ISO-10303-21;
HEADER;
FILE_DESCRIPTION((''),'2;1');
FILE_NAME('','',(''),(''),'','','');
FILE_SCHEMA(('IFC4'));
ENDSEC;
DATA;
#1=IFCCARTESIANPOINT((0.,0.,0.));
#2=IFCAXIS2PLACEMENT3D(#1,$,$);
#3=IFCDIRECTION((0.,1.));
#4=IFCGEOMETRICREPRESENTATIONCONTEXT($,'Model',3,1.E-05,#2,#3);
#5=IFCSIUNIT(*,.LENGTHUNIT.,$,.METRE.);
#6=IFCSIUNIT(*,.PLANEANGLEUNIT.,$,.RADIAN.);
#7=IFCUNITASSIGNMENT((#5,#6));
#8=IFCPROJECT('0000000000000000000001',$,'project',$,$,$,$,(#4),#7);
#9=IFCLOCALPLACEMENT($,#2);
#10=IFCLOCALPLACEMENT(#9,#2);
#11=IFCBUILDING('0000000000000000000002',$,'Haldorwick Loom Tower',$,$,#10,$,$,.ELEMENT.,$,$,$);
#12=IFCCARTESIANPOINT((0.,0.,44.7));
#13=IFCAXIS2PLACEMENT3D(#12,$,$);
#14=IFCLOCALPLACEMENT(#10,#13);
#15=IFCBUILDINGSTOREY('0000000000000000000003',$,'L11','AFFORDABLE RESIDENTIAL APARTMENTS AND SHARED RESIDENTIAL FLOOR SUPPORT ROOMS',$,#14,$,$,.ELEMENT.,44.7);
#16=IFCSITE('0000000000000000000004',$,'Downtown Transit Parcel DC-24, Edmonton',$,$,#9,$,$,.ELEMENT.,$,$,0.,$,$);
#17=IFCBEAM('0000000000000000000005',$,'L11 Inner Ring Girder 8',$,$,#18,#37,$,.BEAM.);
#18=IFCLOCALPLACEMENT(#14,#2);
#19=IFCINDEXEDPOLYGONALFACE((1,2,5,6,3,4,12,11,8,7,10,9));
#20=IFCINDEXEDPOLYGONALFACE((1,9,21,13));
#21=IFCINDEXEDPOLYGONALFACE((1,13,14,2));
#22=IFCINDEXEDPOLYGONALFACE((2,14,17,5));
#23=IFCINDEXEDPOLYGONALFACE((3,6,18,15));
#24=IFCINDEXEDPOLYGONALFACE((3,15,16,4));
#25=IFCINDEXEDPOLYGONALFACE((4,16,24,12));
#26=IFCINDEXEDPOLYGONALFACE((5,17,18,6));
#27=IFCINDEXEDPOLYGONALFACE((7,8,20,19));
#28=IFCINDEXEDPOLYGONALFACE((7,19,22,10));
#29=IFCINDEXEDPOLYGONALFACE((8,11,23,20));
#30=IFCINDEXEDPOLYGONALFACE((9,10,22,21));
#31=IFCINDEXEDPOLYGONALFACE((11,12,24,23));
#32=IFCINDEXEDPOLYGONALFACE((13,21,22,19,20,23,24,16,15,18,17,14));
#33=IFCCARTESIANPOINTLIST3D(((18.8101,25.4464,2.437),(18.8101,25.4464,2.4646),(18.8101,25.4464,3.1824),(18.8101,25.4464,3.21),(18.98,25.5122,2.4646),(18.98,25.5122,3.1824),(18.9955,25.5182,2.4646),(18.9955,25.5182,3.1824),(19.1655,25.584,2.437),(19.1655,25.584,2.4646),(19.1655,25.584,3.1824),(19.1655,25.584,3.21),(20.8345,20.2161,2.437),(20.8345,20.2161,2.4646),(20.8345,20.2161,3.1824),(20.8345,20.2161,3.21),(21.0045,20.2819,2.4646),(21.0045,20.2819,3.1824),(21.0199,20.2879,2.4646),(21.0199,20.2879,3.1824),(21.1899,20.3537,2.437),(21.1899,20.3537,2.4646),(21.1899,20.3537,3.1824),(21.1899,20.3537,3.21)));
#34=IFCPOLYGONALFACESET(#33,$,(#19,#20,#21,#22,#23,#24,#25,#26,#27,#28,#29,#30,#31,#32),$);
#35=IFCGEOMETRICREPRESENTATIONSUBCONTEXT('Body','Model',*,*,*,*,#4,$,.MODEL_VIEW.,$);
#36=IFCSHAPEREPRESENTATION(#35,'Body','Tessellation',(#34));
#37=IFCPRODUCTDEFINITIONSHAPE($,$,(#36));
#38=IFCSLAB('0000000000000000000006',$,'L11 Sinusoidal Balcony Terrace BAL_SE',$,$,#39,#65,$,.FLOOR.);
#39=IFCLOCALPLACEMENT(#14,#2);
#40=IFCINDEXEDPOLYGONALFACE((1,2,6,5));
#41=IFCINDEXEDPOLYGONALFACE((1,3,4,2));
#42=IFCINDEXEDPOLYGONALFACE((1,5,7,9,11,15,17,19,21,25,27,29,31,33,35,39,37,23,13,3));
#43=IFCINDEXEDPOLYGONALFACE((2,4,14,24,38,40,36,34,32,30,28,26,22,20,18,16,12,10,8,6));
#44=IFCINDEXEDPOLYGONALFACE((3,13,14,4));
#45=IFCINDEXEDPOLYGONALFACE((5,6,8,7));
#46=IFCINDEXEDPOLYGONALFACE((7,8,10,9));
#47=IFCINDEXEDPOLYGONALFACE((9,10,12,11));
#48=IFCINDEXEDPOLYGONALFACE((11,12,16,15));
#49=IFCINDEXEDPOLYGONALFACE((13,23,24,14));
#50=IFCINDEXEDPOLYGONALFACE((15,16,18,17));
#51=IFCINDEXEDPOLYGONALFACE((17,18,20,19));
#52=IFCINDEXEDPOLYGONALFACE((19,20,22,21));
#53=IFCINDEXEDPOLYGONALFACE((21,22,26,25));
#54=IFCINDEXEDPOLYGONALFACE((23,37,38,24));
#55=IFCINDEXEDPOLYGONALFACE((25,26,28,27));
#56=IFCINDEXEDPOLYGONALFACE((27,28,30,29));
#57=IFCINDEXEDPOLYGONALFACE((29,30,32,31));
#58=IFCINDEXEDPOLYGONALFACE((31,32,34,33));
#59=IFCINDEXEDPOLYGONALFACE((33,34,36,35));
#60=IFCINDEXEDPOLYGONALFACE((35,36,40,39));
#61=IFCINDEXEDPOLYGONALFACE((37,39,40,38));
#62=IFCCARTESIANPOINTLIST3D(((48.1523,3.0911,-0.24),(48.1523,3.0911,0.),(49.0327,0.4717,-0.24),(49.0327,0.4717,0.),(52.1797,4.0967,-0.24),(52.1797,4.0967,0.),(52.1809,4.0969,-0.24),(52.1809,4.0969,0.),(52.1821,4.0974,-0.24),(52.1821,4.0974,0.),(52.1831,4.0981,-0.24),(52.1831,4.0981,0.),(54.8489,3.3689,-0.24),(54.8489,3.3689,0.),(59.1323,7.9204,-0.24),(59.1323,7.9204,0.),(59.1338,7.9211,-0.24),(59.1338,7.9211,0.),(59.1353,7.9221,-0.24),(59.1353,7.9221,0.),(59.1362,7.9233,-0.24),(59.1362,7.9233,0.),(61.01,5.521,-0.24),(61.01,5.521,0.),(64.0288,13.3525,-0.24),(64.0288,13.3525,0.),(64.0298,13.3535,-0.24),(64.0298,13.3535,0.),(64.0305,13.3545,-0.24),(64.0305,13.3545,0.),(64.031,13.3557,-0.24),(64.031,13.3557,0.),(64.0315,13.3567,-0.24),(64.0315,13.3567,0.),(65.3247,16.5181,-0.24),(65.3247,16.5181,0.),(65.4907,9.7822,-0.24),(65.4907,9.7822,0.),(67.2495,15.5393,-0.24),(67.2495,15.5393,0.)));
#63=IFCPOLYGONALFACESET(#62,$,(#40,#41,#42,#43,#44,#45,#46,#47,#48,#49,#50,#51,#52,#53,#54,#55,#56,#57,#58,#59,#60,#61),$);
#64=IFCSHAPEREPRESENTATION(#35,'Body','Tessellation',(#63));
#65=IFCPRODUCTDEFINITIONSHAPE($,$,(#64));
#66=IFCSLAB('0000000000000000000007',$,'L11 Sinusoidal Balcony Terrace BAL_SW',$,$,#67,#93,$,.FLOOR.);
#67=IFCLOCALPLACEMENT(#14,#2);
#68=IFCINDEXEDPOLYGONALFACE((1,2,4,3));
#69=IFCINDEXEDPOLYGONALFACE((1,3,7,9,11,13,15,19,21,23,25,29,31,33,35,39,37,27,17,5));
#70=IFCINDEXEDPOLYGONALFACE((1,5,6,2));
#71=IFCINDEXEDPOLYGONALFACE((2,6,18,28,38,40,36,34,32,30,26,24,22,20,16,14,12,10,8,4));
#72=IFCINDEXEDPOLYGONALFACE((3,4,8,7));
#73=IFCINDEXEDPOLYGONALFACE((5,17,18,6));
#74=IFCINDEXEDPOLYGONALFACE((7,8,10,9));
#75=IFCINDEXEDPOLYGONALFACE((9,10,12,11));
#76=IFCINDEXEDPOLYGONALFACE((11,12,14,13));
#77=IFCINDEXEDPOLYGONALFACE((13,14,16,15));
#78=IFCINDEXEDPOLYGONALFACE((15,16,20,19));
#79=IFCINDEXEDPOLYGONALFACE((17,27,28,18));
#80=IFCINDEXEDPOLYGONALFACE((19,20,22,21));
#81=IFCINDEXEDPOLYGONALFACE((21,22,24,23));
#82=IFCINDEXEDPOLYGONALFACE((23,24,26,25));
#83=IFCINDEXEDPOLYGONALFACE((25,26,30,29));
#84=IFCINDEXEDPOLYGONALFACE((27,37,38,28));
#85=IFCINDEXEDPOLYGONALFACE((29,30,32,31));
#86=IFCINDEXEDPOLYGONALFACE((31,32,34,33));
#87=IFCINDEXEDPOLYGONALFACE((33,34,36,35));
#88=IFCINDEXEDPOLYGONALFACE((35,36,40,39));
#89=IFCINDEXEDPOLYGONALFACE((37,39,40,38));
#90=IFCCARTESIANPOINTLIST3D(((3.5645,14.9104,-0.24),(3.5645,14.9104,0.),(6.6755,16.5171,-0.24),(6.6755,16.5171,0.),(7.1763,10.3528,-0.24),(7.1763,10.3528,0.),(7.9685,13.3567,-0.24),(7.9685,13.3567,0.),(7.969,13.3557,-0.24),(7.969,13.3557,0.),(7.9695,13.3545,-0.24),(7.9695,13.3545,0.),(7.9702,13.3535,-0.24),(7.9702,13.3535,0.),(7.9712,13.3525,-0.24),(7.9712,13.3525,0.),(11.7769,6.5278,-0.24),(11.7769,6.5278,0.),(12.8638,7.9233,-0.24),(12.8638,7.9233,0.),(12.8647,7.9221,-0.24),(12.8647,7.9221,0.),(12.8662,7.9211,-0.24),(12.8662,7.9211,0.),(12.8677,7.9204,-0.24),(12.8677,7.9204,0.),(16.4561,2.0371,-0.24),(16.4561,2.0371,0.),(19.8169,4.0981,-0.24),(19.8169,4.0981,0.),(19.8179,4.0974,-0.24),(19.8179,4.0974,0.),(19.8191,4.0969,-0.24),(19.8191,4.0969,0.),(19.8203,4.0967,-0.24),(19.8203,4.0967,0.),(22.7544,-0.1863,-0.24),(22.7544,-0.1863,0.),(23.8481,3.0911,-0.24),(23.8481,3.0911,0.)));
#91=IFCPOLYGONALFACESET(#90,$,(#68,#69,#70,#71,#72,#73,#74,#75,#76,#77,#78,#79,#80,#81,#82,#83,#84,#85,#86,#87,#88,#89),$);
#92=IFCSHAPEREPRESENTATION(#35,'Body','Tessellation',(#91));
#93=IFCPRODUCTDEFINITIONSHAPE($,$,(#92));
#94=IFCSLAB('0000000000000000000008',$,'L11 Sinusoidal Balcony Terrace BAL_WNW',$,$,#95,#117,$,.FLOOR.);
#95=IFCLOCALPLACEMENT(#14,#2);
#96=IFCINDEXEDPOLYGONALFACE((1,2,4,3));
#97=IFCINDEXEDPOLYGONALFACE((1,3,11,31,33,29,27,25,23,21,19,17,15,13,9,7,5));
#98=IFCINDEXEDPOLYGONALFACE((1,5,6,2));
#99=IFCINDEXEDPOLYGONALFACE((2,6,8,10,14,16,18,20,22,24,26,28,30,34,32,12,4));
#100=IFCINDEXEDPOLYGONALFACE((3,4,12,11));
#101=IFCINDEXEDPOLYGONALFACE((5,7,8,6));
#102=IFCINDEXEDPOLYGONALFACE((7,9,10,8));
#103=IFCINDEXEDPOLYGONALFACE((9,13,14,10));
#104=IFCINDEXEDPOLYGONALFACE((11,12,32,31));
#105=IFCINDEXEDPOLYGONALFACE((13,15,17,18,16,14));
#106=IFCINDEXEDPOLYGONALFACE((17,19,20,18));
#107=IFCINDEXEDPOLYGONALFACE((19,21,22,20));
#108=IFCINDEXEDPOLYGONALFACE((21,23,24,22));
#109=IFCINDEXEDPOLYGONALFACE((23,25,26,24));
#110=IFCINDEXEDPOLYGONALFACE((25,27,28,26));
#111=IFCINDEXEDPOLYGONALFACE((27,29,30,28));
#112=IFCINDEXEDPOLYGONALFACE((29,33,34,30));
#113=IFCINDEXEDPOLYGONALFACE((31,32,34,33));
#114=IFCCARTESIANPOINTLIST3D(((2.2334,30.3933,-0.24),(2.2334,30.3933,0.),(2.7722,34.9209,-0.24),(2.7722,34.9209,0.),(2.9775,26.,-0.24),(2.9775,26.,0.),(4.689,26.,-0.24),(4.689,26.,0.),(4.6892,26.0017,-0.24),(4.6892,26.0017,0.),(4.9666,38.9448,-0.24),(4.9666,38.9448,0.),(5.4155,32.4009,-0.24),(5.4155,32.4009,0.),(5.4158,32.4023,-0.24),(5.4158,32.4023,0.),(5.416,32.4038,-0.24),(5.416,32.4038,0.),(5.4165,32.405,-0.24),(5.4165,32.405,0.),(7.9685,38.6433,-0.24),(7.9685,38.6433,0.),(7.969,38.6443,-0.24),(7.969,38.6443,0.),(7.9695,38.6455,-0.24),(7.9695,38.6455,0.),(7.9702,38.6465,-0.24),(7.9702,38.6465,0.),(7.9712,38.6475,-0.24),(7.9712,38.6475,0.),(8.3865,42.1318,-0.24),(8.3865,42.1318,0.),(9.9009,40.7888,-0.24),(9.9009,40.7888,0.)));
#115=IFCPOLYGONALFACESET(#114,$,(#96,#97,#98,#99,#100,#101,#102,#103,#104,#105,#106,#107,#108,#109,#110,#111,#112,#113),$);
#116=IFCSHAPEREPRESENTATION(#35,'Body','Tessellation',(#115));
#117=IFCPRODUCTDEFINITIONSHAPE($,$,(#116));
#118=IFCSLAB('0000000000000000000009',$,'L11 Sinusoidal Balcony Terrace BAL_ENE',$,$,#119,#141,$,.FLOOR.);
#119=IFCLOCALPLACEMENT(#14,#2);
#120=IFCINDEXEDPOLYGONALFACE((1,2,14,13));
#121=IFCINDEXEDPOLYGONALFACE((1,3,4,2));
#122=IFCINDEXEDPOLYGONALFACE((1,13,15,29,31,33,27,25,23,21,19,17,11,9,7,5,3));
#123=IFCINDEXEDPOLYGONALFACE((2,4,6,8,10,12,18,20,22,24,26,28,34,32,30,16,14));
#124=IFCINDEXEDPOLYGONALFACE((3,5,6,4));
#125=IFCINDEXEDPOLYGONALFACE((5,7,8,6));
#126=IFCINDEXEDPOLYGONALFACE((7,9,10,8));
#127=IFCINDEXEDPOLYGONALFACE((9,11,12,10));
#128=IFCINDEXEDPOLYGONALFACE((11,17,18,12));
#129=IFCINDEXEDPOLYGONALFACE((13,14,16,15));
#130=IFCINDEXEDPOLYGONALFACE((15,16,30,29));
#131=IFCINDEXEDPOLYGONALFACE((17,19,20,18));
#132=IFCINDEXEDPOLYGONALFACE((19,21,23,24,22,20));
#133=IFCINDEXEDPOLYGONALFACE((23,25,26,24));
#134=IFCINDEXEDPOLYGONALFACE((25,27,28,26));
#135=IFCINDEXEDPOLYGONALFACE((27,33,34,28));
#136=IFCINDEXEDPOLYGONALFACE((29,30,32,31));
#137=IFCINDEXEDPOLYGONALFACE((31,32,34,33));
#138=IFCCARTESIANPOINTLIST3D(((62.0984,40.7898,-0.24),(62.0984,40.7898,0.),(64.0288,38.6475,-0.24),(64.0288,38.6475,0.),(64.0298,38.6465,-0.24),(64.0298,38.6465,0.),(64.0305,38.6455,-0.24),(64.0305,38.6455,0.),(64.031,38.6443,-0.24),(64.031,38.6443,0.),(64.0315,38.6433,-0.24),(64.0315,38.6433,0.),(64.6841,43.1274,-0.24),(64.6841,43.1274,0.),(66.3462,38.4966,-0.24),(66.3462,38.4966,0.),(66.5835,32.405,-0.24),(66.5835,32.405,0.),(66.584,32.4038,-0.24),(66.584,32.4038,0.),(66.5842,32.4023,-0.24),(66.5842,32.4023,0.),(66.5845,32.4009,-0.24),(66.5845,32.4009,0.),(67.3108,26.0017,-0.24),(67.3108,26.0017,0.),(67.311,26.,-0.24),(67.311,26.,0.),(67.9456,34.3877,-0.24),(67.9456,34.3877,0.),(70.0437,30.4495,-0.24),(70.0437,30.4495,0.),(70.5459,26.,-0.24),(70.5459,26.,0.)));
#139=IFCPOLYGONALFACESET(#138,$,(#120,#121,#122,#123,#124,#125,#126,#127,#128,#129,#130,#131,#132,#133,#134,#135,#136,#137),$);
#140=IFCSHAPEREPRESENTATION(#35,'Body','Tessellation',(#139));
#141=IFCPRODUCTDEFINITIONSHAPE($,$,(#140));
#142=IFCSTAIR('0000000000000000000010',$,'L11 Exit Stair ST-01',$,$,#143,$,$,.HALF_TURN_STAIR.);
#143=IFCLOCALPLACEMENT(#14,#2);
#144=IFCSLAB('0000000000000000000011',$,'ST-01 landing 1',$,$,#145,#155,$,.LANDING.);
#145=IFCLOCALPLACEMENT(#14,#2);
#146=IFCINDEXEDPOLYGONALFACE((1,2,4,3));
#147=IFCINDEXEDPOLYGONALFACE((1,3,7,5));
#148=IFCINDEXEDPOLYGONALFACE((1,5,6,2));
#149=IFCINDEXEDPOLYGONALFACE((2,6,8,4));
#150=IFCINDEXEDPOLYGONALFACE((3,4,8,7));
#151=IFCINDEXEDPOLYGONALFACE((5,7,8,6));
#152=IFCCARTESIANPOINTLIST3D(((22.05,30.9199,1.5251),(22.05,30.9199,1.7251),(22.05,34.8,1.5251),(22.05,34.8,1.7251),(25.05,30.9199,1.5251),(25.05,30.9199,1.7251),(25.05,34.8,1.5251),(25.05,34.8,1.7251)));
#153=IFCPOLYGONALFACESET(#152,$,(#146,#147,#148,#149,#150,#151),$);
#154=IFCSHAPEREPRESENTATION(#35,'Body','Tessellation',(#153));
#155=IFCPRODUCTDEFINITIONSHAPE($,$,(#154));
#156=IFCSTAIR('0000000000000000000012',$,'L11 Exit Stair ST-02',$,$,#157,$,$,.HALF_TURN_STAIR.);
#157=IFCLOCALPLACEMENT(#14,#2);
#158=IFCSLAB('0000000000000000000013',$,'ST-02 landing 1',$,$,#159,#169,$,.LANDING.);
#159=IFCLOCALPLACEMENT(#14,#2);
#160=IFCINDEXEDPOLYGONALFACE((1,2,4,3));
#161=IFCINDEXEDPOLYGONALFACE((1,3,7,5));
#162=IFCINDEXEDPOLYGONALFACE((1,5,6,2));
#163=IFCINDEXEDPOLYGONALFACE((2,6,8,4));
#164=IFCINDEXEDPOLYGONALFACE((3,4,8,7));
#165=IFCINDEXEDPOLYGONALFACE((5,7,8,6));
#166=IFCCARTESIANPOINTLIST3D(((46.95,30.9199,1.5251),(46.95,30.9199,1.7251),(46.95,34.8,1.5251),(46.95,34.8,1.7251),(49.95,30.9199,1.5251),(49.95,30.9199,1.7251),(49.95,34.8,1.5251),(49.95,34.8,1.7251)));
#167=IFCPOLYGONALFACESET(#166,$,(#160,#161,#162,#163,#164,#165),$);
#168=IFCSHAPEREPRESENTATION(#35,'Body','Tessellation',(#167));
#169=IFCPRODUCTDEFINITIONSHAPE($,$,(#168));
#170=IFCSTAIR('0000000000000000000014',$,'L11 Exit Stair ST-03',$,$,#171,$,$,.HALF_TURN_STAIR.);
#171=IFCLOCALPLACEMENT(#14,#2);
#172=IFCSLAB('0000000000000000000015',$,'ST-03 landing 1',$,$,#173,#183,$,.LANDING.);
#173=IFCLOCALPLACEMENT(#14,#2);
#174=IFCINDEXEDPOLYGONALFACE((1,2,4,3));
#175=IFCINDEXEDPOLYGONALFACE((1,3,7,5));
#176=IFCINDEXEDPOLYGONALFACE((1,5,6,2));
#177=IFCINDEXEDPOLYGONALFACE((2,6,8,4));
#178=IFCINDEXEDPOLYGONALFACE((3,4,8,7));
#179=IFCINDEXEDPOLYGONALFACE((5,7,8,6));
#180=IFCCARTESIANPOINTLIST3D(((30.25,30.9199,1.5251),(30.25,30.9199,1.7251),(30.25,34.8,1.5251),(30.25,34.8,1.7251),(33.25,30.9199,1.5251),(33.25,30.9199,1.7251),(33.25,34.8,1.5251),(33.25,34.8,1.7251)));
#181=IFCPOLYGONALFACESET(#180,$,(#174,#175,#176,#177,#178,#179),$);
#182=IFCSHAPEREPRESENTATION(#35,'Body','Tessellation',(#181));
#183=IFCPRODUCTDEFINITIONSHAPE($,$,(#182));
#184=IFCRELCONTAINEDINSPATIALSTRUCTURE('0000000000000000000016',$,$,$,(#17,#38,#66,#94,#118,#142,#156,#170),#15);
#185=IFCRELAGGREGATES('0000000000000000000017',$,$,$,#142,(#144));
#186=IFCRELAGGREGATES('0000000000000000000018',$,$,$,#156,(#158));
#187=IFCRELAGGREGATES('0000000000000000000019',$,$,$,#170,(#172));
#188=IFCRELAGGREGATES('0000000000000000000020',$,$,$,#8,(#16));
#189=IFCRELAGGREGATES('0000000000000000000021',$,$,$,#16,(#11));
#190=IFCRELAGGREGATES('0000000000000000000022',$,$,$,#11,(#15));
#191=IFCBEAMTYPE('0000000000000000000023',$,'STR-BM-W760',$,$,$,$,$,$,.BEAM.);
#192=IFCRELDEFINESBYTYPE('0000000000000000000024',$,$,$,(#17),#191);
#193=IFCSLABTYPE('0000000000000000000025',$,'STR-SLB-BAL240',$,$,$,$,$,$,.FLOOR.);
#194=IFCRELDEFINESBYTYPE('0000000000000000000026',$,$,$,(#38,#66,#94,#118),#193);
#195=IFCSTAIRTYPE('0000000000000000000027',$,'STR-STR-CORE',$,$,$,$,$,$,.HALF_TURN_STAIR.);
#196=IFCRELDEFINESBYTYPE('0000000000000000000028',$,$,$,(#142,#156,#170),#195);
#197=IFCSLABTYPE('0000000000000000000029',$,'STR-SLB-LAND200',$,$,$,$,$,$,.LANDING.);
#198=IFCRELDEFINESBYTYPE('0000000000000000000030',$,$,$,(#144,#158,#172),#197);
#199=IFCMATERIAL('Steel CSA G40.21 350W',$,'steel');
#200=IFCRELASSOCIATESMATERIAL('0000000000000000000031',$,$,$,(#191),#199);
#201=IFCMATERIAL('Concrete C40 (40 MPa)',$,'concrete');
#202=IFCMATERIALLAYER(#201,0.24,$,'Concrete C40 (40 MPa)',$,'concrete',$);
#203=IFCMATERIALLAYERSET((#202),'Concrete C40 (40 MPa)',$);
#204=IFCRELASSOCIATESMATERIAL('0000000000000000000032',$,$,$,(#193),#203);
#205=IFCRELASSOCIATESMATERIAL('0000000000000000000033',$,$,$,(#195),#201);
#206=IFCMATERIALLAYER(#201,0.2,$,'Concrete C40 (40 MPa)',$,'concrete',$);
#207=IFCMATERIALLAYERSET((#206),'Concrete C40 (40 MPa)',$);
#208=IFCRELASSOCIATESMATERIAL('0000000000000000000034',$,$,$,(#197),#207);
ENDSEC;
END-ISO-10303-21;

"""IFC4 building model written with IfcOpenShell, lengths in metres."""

from ifc_helpers import new_model, si_unit, direction, frame, origin, origin_2d, place, context, subcontext, project, spatial, polyline, i_section, outline, extrude, material, layer, layer_set, material_profile, profile_set, type_object, element, aggregate, save


model = new_model("IFC4")

# Units and contexts
model_context = context("Model", 3, precision=1e-05, world=origin(), true_north=direction((0.0, 1.0)))
body_context = subcontext(model_context, "Body", "Model", "MODEL_VIEW")
ifc_project = project(units=[si_unit("LENGTHUNIT", "METRE"), si_unit("PLANEANGLEUNIT", "RADIAN")], contexts=[model_context])

# Site, building, storey
site_placement = place(None, origin())
site = spatial("IfcSite", under=ifc_project, at=site_placement, Name="Downtown Transit Parcel DC-24, Edmonton", CompositionType="ELEMENT", RefElevation=0.0)
building_placement = place(site_placement, origin())
building = spatial("IfcBuilding", under=site, at=building_placement, Name="Haldorwick Loom Tower", CompositionType="ELEMENT")
storey_placement = place(building_placement, frame((0.0, 0.0, 44.7)))
storey = spatial("IfcBuildingStorey", under=building, at=storey_placement, Name="L11", Description="AFFORDABLE RESIDENTIAL APARTMENTS AND SHARED RESIDENTIAL FLOOR SUPPORT ROOMS", CompositionType="ELEMENT", Elevation=44.7)

# Beam
ifc_material_1 = material(Name="Steel CSA G40.21 350W", Category="steel")
ifc_material_profile_1 = material_profile(ifc_material_1, i_section(OverallWidth=0.3811, OverallDepth=0.7729, WebThickness=0.0166, FlangeThickness=0.0276, at=origin_2d()), Name="W760X257", Category="steel")
ifc_profile_set_1 = profile_set([ifc_material_profile_1], Name="Steel CSA G40.21 350W")
beam_type_1 = type_object("IfcBeamType", Name="STR-BM-W760", PredefinedType="BEAM", material=ifc_profile_set_1)
beam_1_placement = place(storey_placement, frame((21.0122, 20.2849, 2.8235), z_axis=(-0.360965, 0.932579, 0.0), x_axis=(-0.932579, -0.360965, 0.0)))
element("IfcBeam", 1, at=beam_1_placement, inside=storey, type_object=beam_type_1, Name="L11 Inner Ring Girder 8", PredefinedType="BEAM", context=body_context, shape_type="SweptSolid", body=[
    extrude(i_section(OverallWidth=0.3811, OverallDepth=0.7729, WebThickness=0.0166, FlangeThickness=0.0276, at=origin_2d()), origin(), (0.0, 0.0, 1.0), 5.6084),
])

# Slabs
ifc_material_2 = material(Name="Concrete C40 (40 MPa)", Category="concrete")
ifc_layer_1 = layer(ifc_material_2, 0.24, Name="Concrete C40 (40 MPa)", Category="concrete")
ifc_layer_set_1 = layer_set([ifc_layer_1], Name="Concrete C40 (40 MPa)")
slab_type_1 = type_object("IfcSlabType", Name="STR-SLB-BAL240", PredefinedType="FLOOR", material=ifc_layer_set_1)
slab_1_placement = place(storey_placement, frame((0.0, 0.0, -0.24)))
element("IfcSlab", 2, at=slab_1_placement, inside=storey, type_object=slab_type_1, Name="L11 Sinusoidal Balcony Terrace BAL_SE", PredefinedType="FLOOR", context=body_context, shape_type="SweptSolid", body=[
    extrude(outline(polyline([(65.3247, 16.5181), (64.0315, 13.3567), (64.031, 13.3557), (64.0305, 13.3545), (64.0298, 13.3535), (64.0288, 13.3525), (59.1362, 7.9233), (59.1353, 7.9221), (59.1338, 7.9211), (59.1323, 7.9204), (52.1831, 4.0981), (52.1821, 4.0974), (52.1809, 4.0969), (52.1797, 4.0967), (48.1523, 3.0911), (49.0327, 0.4717), (54.8489, 3.3689), (61.01, 5.521), (65.4907, 9.7822), (67.2495, 15.5393), (65.3247, 16.5181)])), origin(), (0.0, 0.0, 1.0), 0.24),
])
slab_2_placement = place(storey_placement, frame((0.0, 0.0, -0.24)))
element("IfcSlab", 3, at=slab_2_placement, inside=storey, type_object=slab_type_1, Name="L11 Sinusoidal Balcony Terrace BAL_SW", PredefinedType="FLOOR", context=body_context, shape_type="SweptSolid", body=[
    extrude(outline(polyline([(23.8481, 3.0911), (19.8203, 4.0967), (19.8191, 4.0969), (19.8179, 4.0974), (19.8169, 4.0981), (12.8677, 7.9204), (12.8662, 7.9211), (12.8647, 7.9221), (12.8638, 7.9233), (7.9712, 13.3525), (7.9702, 13.3535), (7.9695, 13.3545), (7.969, 13.3557), (7.9685, 13.3567), (6.6755, 16.5171), (3.5645, 14.9104), (7.1763, 10.3528), (11.7769, 6.5278), (16.4561, 2.0371), (22.7544, -0.1863), (23.8481, 3.0911)])), origin(), (0.0, 0.0, 1.0), 0.24),
])
slab_3_placement = place(storey_placement, frame((0.0, 0.0, -0.24)))
element("IfcSlab", 4, at=slab_3_placement, inside=storey, type_object=slab_type_1, Name="L11 Sinusoidal Balcony Terrace BAL_WNW", PredefinedType="FLOOR", context=body_context, shape_type="SweptSolid", body=[
    extrude(outline(polyline([(4.689, 26.0), (4.6892, 26.0017), (5.4155, 32.4009), (5.4158, 32.4023), (5.416, 32.4038), (5.4165, 32.405), (7.9685, 38.6433), (7.969, 38.6443), (7.9695, 38.6455), (7.9702, 38.6465), (7.9712, 38.6475), (9.9009, 40.7888), (8.3865, 42.1318), (4.9666, 38.9448), (2.7722, 34.9209), (2.2334, 30.3933), (2.9775, 26.0), (4.689, 26.0)])), origin(), (0.0, 0.0, 1.0), 0.24),
])
slab_4_placement = place(storey_placement, frame((0.0, 0.0, -0.24)))
element("IfcSlab", 5, at=slab_4_placement, inside=storey, type_object=slab_type_1, Name="L11 Sinusoidal Balcony Terrace BAL_ENE", PredefinedType="FLOOR", context=body_context, shape_type="SweptSolid", body=[
    extrude(outline(polyline([(62.0984, 40.7898), (64.0288, 38.6475), (64.0298, 38.6465), (64.0305, 38.6455), (64.031, 38.6443), (64.0315, 38.6433), (66.5835, 32.405), (66.584, 32.4038), (66.5842, 32.4023), (66.5845, 32.4009), (67.3108, 26.0017), (67.311, 26.0), (70.5459, 26.0), (70.0437, 30.4495), (67.9456, 34.3877), (66.3462, 38.4966), (64.6841, 43.1274), (62.0984, 40.7898)])), origin(), (0.0, 0.0, 1.0), 0.24),
])

# Stairs, slabs
stair_type = type_object("IfcStairType", Name="STR-STR-CORE", PredefinedType="HALF_TURN_STAIR", material=ifc_material_2)
stair_1_placement = place(storey_placement, origin())
stair_1 = element("IfcStair", 6, at=stair_1_placement, inside=storey, type_object=stair_type, Name="L11 Exit Stair ST-01", PredefinedType="HALF_TURN_STAIR")
ifc_layer_2 = layer(ifc_material_2, 0.2, Name="Concrete C40 (40 MPa)", Category="concrete")
ifc_layer_set_2 = layer_set([ifc_layer_2], Name="Concrete C40 (40 MPa)")
slab_type_2 = type_object("IfcSlabType", Name="STR-SLB-LAND200", PredefinedType="LANDING", material=ifc_layer_set_2)
slab_5_placement = place(storey_placement, frame((0.0, 0.0, 1.5251)))
slab_5 = element("IfcSlab", 7, at=slab_5_placement, type_object=slab_type_2, Name="ST-01 landing 1", PredefinedType="LANDING", context=body_context, shape_type="SweptSolid", body=[
    extrude(outline(polyline([(25.05, 30.9199), (25.05, 34.8), (22.05, 34.8), (22.05, 30.9199), (25.05, 30.9199)])), origin(), (0.0, 0.0, 1.0), 0.2),
])
aggregate(stair_1, [slab_5])
stair_2_placement = place(storey_placement, origin())
stair_2 = element("IfcStair", 8, at=stair_2_placement, inside=storey, type_object=stair_type, Name="L11 Exit Stair ST-02", PredefinedType="HALF_TURN_STAIR")
slab_6_placement = place(storey_placement, frame((0.0, 0.0, 1.5251)))
slab_6 = element("IfcSlab", 9, at=slab_6_placement, type_object=slab_type_2, Name="ST-02 landing 1", PredefinedType="LANDING", context=body_context, shape_type="SweptSolid", body=[
    extrude(outline(polyline([(49.95, 30.9199), (49.95, 34.8), (46.95, 34.8), (46.95, 30.9199), (49.95, 30.9199)])), origin(), (0.0, 0.0, 1.0), 0.2),
])
aggregate(stair_2, [slab_6])
stair_3_placement = place(storey_placement, origin())
stair_3 = element("IfcStair", 10, at=stair_3_placement, inside=storey, type_object=stair_type, Name="L11 Exit Stair ST-03", PredefinedType="HALF_TURN_STAIR")
slab_7_placement = place(storey_placement, frame((0.0, 0.0, 1.5251)))
slab_7 = element("IfcSlab", 11, at=slab_7_placement, type_object=slab_type_2, Name="ST-03 landing 1", PredefinedType="LANDING", context=body_context, shape_type="SweptSolid", body=[
    extrude(outline(polyline([(33.25, 30.9199), (33.25, 34.8), (30.25, 34.8), (30.25, 30.9199), (33.25, 30.9199)])), origin(), (0.0, 0.0, 1.0), 0.2),
])
aggregate(stair_3, [slab_7])

save(model, "model.ifc")
